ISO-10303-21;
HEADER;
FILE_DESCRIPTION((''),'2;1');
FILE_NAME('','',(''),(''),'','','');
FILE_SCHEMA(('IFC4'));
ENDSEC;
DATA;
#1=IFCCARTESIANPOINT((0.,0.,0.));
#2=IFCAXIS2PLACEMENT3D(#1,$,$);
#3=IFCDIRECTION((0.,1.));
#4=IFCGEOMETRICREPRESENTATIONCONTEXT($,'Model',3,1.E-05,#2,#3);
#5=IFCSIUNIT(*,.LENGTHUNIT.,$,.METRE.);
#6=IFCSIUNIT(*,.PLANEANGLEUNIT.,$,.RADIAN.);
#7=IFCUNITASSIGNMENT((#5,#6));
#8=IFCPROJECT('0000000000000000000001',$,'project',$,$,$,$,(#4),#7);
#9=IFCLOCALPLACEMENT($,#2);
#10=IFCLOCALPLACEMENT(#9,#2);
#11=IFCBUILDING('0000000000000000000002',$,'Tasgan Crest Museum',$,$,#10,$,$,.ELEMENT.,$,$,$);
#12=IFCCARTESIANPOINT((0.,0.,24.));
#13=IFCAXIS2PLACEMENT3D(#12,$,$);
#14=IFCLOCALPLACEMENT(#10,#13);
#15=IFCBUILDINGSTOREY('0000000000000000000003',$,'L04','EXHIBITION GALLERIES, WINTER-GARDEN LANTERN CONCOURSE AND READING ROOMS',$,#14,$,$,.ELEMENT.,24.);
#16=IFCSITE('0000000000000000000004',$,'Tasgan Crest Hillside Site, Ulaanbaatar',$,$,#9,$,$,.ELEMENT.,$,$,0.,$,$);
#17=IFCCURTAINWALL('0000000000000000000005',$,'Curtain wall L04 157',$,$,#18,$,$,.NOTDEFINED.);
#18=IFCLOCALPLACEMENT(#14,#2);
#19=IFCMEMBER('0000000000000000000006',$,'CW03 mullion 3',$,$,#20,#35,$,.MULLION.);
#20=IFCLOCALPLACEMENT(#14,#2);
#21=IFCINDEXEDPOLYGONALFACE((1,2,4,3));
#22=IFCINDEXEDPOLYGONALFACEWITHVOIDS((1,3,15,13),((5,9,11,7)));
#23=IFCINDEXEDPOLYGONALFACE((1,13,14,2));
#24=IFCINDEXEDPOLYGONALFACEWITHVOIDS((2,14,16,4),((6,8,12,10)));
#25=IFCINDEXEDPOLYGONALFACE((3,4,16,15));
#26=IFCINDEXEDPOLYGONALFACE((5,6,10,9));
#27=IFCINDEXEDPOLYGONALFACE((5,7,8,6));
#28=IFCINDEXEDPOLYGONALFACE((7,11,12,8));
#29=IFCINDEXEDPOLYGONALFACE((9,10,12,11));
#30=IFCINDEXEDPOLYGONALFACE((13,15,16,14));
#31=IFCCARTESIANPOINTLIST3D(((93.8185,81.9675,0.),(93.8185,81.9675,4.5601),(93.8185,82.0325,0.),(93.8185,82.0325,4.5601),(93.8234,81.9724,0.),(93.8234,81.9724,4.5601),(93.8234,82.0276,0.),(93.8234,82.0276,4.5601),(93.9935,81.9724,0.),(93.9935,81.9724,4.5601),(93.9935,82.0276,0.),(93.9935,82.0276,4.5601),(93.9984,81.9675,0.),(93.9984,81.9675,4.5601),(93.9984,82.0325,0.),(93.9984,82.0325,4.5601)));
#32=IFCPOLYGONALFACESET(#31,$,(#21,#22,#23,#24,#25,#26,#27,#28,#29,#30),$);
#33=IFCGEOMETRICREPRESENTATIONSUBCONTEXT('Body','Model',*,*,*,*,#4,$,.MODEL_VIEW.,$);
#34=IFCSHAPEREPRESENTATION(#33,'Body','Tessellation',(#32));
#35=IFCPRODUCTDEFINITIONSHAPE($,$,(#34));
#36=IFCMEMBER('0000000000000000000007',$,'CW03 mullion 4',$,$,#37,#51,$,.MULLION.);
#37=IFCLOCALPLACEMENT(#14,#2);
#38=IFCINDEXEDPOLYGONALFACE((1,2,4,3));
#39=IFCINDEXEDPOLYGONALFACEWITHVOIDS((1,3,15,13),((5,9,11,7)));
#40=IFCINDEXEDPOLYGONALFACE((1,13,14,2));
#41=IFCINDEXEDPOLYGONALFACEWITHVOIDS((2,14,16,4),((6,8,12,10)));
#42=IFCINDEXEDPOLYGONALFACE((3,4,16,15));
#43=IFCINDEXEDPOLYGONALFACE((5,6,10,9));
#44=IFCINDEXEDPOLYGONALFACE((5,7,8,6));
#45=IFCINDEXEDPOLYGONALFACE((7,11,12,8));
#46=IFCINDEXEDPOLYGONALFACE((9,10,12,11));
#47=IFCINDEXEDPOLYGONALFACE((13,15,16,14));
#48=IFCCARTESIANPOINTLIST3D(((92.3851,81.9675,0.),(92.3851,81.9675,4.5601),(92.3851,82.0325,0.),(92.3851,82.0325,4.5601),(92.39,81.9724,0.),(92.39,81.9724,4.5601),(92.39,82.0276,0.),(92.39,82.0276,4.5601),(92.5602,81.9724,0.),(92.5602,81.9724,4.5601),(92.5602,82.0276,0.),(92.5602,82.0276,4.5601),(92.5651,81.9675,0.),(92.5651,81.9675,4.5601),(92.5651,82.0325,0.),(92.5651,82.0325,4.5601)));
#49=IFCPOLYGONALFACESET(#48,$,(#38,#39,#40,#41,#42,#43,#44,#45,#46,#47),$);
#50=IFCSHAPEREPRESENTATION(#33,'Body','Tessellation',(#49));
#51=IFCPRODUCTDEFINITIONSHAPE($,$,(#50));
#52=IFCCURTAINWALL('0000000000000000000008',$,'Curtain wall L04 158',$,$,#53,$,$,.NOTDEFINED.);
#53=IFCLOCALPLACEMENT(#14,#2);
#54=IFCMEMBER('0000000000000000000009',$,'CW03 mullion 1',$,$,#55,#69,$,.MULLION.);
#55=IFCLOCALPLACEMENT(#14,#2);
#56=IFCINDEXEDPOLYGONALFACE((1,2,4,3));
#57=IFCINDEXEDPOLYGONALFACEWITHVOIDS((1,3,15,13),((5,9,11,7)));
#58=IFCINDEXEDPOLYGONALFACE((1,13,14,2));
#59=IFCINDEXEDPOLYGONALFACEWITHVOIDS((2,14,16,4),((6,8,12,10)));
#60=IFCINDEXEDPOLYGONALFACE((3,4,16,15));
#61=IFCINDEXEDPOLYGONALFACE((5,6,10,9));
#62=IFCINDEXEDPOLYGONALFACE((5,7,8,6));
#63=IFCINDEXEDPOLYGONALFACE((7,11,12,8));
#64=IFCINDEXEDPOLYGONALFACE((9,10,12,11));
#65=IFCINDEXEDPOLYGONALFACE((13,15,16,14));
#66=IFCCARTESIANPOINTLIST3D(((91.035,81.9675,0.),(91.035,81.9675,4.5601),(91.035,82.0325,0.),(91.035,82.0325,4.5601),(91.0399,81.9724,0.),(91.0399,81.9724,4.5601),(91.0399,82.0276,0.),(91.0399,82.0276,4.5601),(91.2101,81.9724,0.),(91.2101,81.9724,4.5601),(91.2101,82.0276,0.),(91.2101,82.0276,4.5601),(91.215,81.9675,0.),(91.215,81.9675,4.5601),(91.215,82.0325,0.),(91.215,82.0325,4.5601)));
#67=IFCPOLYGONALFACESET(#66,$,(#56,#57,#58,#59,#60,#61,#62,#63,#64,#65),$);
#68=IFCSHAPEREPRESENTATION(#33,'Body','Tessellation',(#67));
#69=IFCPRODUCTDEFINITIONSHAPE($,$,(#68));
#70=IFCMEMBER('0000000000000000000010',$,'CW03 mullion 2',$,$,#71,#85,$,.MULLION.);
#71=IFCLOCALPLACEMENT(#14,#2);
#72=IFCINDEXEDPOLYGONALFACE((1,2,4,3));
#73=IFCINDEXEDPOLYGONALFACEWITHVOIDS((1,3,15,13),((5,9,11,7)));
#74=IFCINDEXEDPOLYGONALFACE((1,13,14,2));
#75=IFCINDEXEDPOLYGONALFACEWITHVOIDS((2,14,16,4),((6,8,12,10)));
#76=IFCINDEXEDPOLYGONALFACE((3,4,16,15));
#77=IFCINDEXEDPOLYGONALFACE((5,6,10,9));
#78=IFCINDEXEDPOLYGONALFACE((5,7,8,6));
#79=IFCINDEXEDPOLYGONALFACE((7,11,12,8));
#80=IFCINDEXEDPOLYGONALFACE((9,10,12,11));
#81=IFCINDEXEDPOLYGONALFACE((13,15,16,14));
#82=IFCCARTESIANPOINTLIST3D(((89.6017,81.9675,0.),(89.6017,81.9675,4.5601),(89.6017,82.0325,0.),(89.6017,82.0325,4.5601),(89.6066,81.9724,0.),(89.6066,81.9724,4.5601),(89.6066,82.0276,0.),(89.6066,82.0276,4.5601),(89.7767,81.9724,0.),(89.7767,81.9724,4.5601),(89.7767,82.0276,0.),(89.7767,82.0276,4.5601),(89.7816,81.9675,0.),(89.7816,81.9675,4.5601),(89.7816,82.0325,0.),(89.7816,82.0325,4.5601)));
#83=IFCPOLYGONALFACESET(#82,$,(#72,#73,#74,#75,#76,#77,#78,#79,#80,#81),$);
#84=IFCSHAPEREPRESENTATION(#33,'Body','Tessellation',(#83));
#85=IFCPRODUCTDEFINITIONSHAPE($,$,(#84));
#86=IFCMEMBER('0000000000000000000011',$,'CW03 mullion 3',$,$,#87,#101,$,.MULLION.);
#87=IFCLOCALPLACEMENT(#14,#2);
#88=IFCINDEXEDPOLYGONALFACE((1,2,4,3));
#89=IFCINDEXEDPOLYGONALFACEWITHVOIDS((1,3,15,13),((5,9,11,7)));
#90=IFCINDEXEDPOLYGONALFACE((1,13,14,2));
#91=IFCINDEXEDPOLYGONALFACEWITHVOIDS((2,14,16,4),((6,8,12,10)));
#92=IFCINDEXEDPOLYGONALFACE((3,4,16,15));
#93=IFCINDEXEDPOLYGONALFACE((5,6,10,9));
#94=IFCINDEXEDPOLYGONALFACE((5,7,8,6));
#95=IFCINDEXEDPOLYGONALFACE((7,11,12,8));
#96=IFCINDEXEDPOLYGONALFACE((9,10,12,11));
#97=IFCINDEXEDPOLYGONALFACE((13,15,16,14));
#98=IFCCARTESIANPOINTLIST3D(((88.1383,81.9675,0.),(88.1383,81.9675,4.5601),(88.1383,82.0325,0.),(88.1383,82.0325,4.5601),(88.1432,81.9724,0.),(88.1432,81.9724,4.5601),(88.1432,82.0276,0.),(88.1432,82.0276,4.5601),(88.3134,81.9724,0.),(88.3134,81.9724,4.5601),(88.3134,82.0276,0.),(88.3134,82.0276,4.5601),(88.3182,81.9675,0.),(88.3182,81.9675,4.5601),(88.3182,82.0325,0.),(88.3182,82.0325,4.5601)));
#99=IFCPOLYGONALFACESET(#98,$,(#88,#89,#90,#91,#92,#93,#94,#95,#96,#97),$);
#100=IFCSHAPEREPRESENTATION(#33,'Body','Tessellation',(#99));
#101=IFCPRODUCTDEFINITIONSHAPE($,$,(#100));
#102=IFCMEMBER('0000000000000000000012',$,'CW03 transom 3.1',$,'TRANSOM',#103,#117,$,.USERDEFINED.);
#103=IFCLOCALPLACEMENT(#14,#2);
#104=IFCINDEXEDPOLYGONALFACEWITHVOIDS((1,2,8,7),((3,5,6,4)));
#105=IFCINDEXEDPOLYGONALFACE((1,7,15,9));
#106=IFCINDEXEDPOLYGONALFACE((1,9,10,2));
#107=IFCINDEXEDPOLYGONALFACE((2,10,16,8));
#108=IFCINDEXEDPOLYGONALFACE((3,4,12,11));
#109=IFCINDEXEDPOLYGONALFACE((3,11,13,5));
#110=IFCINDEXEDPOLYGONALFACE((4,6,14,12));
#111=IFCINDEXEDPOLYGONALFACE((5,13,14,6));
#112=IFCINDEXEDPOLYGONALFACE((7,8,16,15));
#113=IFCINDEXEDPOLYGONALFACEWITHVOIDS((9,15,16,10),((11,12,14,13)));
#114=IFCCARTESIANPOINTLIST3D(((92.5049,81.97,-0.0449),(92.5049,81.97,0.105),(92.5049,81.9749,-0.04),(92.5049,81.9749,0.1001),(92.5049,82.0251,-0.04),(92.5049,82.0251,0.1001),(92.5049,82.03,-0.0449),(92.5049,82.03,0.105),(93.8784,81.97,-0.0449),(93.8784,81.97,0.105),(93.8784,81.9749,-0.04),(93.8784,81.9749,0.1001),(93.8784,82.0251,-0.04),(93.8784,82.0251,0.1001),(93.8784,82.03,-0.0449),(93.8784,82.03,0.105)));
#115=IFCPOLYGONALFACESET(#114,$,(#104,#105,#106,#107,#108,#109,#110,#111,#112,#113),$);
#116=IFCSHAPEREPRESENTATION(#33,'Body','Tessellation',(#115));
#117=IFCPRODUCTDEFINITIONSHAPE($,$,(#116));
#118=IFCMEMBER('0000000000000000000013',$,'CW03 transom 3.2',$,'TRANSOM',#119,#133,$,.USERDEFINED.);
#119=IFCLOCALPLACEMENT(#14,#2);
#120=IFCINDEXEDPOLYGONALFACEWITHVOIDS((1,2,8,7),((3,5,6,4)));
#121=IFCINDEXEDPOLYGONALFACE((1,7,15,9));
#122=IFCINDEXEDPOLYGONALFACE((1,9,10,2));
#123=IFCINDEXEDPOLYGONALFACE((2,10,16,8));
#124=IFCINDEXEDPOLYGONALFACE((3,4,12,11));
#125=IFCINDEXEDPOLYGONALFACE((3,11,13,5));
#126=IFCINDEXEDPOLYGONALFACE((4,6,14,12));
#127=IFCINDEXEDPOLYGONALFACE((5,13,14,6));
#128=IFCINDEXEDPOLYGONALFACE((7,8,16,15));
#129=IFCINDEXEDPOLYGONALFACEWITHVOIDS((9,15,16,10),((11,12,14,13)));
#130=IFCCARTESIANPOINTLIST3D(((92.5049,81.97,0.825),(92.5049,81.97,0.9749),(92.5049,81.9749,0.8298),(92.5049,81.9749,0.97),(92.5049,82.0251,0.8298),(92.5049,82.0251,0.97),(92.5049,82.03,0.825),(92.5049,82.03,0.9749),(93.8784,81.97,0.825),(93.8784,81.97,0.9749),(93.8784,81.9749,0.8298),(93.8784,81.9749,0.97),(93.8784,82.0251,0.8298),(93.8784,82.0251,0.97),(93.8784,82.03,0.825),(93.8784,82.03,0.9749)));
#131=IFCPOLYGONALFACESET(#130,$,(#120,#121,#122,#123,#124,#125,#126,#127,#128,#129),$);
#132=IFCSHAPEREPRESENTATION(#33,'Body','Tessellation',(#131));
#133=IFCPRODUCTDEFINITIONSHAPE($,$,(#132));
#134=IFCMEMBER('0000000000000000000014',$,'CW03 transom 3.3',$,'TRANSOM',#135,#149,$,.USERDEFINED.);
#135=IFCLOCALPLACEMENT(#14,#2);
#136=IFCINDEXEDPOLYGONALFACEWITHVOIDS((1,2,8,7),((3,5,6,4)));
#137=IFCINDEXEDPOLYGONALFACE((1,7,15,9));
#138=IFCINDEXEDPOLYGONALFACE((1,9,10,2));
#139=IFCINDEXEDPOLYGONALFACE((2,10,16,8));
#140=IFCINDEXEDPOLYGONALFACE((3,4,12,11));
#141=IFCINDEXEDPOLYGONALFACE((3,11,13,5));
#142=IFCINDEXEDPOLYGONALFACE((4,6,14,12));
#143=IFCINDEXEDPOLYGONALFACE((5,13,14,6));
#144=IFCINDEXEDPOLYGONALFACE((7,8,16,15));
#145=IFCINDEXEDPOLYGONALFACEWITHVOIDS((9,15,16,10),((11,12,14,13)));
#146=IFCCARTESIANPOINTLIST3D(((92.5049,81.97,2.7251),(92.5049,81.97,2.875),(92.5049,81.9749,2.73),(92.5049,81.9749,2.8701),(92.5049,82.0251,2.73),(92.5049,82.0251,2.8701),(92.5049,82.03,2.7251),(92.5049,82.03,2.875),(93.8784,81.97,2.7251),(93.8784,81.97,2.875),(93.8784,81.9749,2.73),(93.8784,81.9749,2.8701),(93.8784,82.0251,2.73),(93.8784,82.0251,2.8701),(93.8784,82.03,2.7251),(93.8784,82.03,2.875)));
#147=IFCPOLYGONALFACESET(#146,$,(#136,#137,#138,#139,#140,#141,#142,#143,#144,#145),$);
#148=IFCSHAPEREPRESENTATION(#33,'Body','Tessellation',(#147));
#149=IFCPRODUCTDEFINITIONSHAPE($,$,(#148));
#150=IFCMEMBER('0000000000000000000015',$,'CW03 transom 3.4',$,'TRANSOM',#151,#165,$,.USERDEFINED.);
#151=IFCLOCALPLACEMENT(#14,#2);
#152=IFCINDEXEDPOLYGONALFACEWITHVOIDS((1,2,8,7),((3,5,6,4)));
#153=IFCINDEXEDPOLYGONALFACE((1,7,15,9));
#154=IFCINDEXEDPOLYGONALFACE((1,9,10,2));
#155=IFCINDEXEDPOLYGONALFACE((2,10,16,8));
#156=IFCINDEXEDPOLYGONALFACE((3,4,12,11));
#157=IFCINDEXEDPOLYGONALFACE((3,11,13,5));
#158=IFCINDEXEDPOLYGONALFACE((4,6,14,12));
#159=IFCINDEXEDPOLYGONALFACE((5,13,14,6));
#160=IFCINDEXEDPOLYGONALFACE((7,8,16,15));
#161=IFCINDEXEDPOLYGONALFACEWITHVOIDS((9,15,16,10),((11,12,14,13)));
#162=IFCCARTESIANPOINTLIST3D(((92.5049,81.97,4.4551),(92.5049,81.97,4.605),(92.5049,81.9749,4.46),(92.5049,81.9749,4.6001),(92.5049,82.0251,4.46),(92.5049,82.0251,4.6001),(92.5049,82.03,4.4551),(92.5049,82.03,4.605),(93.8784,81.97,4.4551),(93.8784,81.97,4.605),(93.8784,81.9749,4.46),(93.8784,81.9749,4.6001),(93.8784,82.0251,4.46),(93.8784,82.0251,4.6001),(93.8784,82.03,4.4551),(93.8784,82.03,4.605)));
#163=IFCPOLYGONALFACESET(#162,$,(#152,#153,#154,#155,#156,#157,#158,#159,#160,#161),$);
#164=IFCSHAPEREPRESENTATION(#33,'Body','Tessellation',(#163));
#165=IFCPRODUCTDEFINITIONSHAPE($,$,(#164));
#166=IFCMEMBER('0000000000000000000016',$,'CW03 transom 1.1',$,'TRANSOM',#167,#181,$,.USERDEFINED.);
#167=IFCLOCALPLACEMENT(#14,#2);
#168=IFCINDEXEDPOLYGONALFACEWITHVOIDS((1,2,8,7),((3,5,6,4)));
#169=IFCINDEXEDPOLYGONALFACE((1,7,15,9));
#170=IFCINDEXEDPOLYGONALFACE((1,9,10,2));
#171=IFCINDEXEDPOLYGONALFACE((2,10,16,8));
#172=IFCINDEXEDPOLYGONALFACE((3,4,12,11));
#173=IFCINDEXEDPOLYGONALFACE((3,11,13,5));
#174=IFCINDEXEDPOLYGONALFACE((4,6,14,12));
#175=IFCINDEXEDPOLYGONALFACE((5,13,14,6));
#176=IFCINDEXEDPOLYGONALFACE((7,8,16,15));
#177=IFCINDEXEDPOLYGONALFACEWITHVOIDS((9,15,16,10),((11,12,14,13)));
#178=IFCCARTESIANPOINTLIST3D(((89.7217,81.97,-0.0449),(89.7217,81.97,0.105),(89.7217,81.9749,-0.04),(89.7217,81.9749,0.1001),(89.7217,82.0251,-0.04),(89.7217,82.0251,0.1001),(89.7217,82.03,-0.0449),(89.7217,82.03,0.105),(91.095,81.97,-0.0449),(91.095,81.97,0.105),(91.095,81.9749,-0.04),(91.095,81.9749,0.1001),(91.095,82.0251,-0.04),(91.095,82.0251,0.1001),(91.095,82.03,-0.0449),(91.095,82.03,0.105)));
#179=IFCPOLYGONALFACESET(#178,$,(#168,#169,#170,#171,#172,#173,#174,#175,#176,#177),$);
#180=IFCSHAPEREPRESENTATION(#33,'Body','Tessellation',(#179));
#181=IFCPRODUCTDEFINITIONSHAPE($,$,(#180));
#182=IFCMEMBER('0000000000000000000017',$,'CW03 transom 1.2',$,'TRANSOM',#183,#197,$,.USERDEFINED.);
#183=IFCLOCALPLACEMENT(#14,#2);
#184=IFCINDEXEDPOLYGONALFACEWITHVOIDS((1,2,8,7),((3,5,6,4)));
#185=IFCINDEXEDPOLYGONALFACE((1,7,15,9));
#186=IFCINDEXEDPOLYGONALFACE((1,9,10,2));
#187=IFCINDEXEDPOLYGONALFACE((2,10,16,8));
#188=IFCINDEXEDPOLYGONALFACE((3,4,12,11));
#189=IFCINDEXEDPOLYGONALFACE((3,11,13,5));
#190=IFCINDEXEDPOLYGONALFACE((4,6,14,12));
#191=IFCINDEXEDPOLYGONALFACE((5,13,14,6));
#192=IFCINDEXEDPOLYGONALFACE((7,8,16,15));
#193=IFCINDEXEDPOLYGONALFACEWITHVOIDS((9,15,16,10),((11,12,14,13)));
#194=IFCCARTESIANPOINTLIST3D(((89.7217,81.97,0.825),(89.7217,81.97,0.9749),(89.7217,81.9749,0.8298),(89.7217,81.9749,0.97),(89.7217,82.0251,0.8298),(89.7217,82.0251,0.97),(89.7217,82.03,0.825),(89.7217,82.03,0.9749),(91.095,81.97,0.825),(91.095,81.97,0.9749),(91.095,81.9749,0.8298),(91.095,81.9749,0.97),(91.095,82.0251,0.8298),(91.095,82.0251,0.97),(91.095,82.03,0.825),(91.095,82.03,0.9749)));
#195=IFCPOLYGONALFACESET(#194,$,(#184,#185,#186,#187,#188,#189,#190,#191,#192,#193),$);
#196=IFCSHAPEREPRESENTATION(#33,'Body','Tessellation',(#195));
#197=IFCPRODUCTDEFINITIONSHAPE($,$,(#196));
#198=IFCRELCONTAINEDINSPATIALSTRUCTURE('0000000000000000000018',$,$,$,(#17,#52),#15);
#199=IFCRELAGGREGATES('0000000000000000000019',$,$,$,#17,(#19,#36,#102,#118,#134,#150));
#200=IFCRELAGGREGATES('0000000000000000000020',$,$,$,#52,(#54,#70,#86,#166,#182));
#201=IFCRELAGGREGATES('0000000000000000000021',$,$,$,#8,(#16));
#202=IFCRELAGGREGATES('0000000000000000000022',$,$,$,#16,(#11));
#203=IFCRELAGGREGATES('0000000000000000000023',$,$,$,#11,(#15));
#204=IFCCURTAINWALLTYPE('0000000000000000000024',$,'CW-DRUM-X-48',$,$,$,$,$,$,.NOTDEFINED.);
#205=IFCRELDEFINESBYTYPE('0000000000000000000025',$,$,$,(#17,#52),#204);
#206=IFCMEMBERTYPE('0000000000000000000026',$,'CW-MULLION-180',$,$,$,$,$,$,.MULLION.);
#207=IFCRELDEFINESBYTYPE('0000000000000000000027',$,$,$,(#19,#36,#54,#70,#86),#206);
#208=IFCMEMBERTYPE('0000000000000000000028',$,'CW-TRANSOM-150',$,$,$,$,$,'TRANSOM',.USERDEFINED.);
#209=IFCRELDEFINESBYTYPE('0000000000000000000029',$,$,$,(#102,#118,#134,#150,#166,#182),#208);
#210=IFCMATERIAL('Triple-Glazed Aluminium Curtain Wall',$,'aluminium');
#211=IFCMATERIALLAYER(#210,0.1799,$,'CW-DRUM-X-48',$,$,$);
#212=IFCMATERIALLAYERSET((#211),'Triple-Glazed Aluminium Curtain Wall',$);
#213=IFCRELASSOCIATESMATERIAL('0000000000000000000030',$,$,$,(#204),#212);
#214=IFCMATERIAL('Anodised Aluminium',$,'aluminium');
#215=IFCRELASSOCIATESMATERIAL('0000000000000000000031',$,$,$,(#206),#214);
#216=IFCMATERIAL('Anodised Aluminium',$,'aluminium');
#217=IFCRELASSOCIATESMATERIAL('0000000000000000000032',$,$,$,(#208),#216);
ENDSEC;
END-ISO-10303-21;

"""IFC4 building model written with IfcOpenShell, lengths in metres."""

from ifc_helpers import new_model, si_unit, direction, frame, origin, origin_2d, place, context, subcontext, project, spatial, hollow_rectangle, extrude, material, layer, layer_set, material_profile, profile_set, type_object, element, aggregate, save


model = new_model("IFC4")

# Units and contexts
model_context = context("Model", 3, precision=1e-05, world=origin(), true_north=direction((0.0, 1.0)))
body_context = subcontext(model_context, "Body", "Model", "MODEL_VIEW")
ifc_project = project(units=[si_unit("LENGTHUNIT", "METRE"), si_unit("PLANEANGLEUNIT", "RADIAN")], contexts=[model_context])

# Site, building, storey
site_placement = place(None, origin())
site = spatial("IfcSite", under=ifc_project, at=site_placement, Name="Tasgan Crest Hillside Site, Ulaanbaatar", CompositionType="ELEMENT", RefElevation=0.0)
building_placement = place(site_placement, origin())
building = spatial("IfcBuilding", under=site, at=building_placement, Name="Tasgan Crest Museum", CompositionType="ELEMENT")
storey_placement = place(building_placement, frame((0.0, 0.0, 24.0)))
storey = spatial("IfcBuildingStorey", under=building, at=storey_placement, Name="L04", Description="EXHIBITION GALLERIES, WINTER-GARDEN LANTERN CONCOURSE AND READING ROOMS", CompositionType="ELEMENT", Elevation=24.0)

# Curtain walls, members
ifc_material_1 = material(Name="Triple-Glazed Aluminium Curtain Wall", Category="aluminium")
ifc_layer_1 = layer(ifc_material_1, 0.1799, Name="CW-DRUM-X-48")
ifc_layer_set_1 = layer_set([ifc_layer_1], Name="Triple-Glazed Aluminium Curtain Wall")
curtain_wall_type = type_object("IfcCurtainWallType", Name="CW-DRUM-X-48", PredefinedType="NOTDEFINED", material=ifc_layer_set_1)
curtain_wall_1_placement = place(storey_placement, origin())
curtain_wall_1 = element("IfcCurtainWall", 1, at=curtain_wall_1_placement, inside=storey, type_object=curtain_wall_type, Name="Curtain wall L04 157", PredefinedType="NOTDEFINED")
ifc_material_2 = material(Name="Anodised Aluminium", Category="aluminium")
ifc_material_profile_1 = material_profile(ifc_material_2, hollow_rectangle(XDim=0.0649, YDim=0.1799, WallThickness=0.0049, at=origin_2d()), Name="ALU MULLION 180x65x5")
ifc_profile_set_1 = profile_set([ifc_material_profile_1], Name="Anodised Aluminium")
member_type_1 = type_object("IfcMemberType", Name="CW-MULLION-180", PredefinedType="MULLION", material=ifc_profile_set_1)
member_1_placement = place(storey_placement, frame((93.9084, 82.0, 0.0), z_axis=(0.0, 0.0, 1.0), x_axis=(0.0, -1.0, 0.0)))
member_1 = element("IfcMember", 2, at=member_1_placement, type_object=member_type_1, Name="CW03 mullion 3", PredefinedType="MULLION", context=body_context, shape_type="SweptSolid", body=[
    extrude(hollow_rectangle(XDim=0.0649, YDim=0.1799, WallThickness=0.0049, at=origin_2d()), origin(), (0.0, 0.0, 1.0), 4.5601),
])
member_2_placement = place(storey_placement, frame((92.4751, 82.0, 0.0), z_axis=(0.0, 0.0, 1.0), x_axis=(0.0, -1.0, 0.0)))
member_2 = element("IfcMember", 3, at=member_2_placement, type_object=member_type_1, Name="CW03 mullion 4", PredefinedType="MULLION", context=body_context, shape_type="SweptSolid", body=[
    extrude(hollow_rectangle(XDim=0.0649, YDim=0.1799, WallThickness=0.0049, at=origin_2d()), origin(), (0.0, 0.0, 1.0), 4.5601),
])
curtain_wall_2_placement = place(storey_placement, origin())
curtain_wall_2 = element("IfcCurtainWall", 4, at=curtain_wall_2_placement, inside=storey, type_object=curtain_wall_type, Name="Curtain wall L04 158", PredefinedType="NOTDEFINED")
member_3_placement = place(storey_placement, frame((91.125, 82.0, 0.0), z_axis=(0.0, 0.0, 1.0), x_axis=(0.0, -1.0, 0.0)))
member_3 = element("IfcMember", 5, at=member_3_placement, type_object=member_type_1, Name="CW03 mullion 1", PredefinedType="MULLION", context=body_context, shape_type="SweptSolid", body=[
    extrude(hollow_rectangle(XDim=0.0649, YDim=0.1799, WallThickness=0.0049, at=origin_2d()), origin(), (0.0, 0.0, 1.0), 4.5601),
])
member_4_placement = place(storey_placement, frame((89.6917, 82.0, 0.0), z_axis=(0.0, 0.0, 1.0), x_axis=(0.0, -1.0, 0.0)))
member_4 = element("IfcMember", 6, at=member_4_placement, type_object=member_type_1, Name="CW03 mullion 2", PredefinedType="MULLION", context=body_context, shape_type="SweptSolid", body=[
    extrude(hollow_rectangle(XDim=0.0649, YDim=0.1799, WallThickness=0.0049, at=origin_2d()), origin(), (0.0, 0.0, 1.0), 4.5601),
])
member_5_placement = place(storey_placement, frame((88.2283, 82.0, 0.0), z_axis=(0.0, 0.0, 1.0), x_axis=(0.0, -1.0, 0.0)))
member_5 = element("IfcMember", 7, at=member_5_placement, type_object=member_type_1, Name="CW03 mullion 3", PredefinedType="MULLION", context=body_context, shape_type="SweptSolid", body=[
    extrude(hollow_rectangle(XDim=0.0649, YDim=0.1799, WallThickness=0.0049, at=origin_2d()), origin(), (0.0, 0.0, 1.0), 4.5601),
])

# Members
ifc_material_3 = material(Name="Anodised Aluminium", Category="aluminium")
ifc_material_profile_2 = material_profile(ifc_material_3, hollow_rectangle(XDim=0.0601, YDim=0.1499, WallThickness=0.0049, at=origin_2d()), Name="ALU TRANSOM 150x60x5")
ifc_profile_set_2 = profile_set([ifc_material_profile_2], Name="Anodised Aluminium")
member_type_2 = type_object("IfcMemberType", Name="CW-TRANSOM-150", ElementType="TRANSOM", PredefinedType="USERDEFINED", material=ifc_profile_set_2)
member_6_placement = place(storey_placement, frame((93.8784, 82.0, 0.03), z_axis=(-1.0, 0.0, 0.0), x_axis=(0.0, -1.0, 0.0)))
member_6 = element("IfcMember", 8, at=member_6_placement, type_object=member_type_2, Name="CW03 transom 3.1", ObjectType="TRANSOM", PredefinedType="USERDEFINED", context=body_context, shape_type="SweptSolid", body=[
    extrude(hollow_rectangle(XDim=0.0601, YDim=0.1499, WallThickness=0.0049, at=origin_2d()), origin(), (0.0, 0.0, 1.0), 1.3735),
])
member_7_placement = place(storey_placement, frame((93.8784, 82.0, 0.8999), z_axis=(-1.0, 0.0, 0.0), x_axis=(0.0, -1.0, 0.0)))
member_7 = element("IfcMember", 9, at=member_7_placement, type_object=member_type_2, Name="CW03 transom 3.2", ObjectType="TRANSOM", PredefinedType="USERDEFINED", context=body_context, shape_type="SweptSolid", body=[
    extrude(hollow_rectangle(XDim=0.0601, YDim=0.1499, WallThickness=0.0049, at=origin_2d()), origin(), (0.0, 0.0, 1.0), 1.3735),
])
member_8_placement = place(storey_placement, frame((93.8784, 82.0, 2.8), z_axis=(-1.0, 0.0, 0.0), x_axis=(0.0, -1.0, 0.0)))
member_8 = element("IfcMember", 10, at=member_8_placement, type_object=member_type_2, Name="CW03 transom 3.3", ObjectType="TRANSOM", PredefinedType="USERDEFINED", context=body_context, shape_type="SweptSolid", body=[
    extrude(hollow_rectangle(XDim=0.0601, YDim=0.1499, WallThickness=0.0049, at=origin_2d()), origin(), (0.0, 0.0, 1.0), 1.3735),
])
member_9_placement = place(storey_placement, frame((93.8784, 82.0, 4.53), z_axis=(-1.0, 0.0, 0.0), x_axis=(0.0, -1.0, 0.0)))
member_9 = element("IfcMember", 11, at=member_9_placement, type_object=member_type_2, Name="CW03 transom 3.4", ObjectType="TRANSOM", PredefinedType="USERDEFINED", context=body_context, shape_type="SweptSolid", body=[
    extrude(hollow_rectangle(XDim=0.0601, YDim=0.1499, WallThickness=0.0049, at=origin_2d()), origin(), (0.0, 0.0, 1.0), 1.3735),
])
member_10_placement = place(storey_placement, frame((91.095, 82.0, 0.03), z_axis=(-1.0, 0.0, 0.0), x_axis=(0.0, -1.0, 0.0)))
member_10 = element("IfcMember", 12, at=member_10_placement, type_object=member_type_2, Name="CW03 transom 1.1", ObjectType="TRANSOM", PredefinedType="USERDEFINED", context=body_context, shape_type="SweptSolid", body=[
    extrude(hollow_rectangle(XDim=0.0601, YDim=0.1499, WallThickness=0.0049, at=origin_2d()), origin(), (0.0, 0.0, 1.0), 1.3733),
])
member_11_placement = place(storey_placement, frame((91.095, 82.0, 0.8999), z_axis=(-1.0, 0.0, 0.0), x_axis=(0.0, -1.0, 0.0)))
member_11 = element("IfcMember", 13, at=member_11_placement, type_object=member_type_2, Name="CW03 transom 1.2", ObjectType="TRANSOM", PredefinedType="USERDEFINED", context=body_context, shape_type="SweptSolid", body=[
    extrude(hollow_rectangle(XDim=0.0601, YDim=0.1499, WallThickness=0.0049, at=origin_2d()), origin(), (0.0, 0.0, 1.0), 1.3733),
])

aggregate(curtain_wall_1, [member_1, member_2, member_6, member_7, member_8, member_9])
aggregate(curtain_wall_2, [member_3, member_4, member_5, member_10, member_11])

save(model, "model.ifc")
